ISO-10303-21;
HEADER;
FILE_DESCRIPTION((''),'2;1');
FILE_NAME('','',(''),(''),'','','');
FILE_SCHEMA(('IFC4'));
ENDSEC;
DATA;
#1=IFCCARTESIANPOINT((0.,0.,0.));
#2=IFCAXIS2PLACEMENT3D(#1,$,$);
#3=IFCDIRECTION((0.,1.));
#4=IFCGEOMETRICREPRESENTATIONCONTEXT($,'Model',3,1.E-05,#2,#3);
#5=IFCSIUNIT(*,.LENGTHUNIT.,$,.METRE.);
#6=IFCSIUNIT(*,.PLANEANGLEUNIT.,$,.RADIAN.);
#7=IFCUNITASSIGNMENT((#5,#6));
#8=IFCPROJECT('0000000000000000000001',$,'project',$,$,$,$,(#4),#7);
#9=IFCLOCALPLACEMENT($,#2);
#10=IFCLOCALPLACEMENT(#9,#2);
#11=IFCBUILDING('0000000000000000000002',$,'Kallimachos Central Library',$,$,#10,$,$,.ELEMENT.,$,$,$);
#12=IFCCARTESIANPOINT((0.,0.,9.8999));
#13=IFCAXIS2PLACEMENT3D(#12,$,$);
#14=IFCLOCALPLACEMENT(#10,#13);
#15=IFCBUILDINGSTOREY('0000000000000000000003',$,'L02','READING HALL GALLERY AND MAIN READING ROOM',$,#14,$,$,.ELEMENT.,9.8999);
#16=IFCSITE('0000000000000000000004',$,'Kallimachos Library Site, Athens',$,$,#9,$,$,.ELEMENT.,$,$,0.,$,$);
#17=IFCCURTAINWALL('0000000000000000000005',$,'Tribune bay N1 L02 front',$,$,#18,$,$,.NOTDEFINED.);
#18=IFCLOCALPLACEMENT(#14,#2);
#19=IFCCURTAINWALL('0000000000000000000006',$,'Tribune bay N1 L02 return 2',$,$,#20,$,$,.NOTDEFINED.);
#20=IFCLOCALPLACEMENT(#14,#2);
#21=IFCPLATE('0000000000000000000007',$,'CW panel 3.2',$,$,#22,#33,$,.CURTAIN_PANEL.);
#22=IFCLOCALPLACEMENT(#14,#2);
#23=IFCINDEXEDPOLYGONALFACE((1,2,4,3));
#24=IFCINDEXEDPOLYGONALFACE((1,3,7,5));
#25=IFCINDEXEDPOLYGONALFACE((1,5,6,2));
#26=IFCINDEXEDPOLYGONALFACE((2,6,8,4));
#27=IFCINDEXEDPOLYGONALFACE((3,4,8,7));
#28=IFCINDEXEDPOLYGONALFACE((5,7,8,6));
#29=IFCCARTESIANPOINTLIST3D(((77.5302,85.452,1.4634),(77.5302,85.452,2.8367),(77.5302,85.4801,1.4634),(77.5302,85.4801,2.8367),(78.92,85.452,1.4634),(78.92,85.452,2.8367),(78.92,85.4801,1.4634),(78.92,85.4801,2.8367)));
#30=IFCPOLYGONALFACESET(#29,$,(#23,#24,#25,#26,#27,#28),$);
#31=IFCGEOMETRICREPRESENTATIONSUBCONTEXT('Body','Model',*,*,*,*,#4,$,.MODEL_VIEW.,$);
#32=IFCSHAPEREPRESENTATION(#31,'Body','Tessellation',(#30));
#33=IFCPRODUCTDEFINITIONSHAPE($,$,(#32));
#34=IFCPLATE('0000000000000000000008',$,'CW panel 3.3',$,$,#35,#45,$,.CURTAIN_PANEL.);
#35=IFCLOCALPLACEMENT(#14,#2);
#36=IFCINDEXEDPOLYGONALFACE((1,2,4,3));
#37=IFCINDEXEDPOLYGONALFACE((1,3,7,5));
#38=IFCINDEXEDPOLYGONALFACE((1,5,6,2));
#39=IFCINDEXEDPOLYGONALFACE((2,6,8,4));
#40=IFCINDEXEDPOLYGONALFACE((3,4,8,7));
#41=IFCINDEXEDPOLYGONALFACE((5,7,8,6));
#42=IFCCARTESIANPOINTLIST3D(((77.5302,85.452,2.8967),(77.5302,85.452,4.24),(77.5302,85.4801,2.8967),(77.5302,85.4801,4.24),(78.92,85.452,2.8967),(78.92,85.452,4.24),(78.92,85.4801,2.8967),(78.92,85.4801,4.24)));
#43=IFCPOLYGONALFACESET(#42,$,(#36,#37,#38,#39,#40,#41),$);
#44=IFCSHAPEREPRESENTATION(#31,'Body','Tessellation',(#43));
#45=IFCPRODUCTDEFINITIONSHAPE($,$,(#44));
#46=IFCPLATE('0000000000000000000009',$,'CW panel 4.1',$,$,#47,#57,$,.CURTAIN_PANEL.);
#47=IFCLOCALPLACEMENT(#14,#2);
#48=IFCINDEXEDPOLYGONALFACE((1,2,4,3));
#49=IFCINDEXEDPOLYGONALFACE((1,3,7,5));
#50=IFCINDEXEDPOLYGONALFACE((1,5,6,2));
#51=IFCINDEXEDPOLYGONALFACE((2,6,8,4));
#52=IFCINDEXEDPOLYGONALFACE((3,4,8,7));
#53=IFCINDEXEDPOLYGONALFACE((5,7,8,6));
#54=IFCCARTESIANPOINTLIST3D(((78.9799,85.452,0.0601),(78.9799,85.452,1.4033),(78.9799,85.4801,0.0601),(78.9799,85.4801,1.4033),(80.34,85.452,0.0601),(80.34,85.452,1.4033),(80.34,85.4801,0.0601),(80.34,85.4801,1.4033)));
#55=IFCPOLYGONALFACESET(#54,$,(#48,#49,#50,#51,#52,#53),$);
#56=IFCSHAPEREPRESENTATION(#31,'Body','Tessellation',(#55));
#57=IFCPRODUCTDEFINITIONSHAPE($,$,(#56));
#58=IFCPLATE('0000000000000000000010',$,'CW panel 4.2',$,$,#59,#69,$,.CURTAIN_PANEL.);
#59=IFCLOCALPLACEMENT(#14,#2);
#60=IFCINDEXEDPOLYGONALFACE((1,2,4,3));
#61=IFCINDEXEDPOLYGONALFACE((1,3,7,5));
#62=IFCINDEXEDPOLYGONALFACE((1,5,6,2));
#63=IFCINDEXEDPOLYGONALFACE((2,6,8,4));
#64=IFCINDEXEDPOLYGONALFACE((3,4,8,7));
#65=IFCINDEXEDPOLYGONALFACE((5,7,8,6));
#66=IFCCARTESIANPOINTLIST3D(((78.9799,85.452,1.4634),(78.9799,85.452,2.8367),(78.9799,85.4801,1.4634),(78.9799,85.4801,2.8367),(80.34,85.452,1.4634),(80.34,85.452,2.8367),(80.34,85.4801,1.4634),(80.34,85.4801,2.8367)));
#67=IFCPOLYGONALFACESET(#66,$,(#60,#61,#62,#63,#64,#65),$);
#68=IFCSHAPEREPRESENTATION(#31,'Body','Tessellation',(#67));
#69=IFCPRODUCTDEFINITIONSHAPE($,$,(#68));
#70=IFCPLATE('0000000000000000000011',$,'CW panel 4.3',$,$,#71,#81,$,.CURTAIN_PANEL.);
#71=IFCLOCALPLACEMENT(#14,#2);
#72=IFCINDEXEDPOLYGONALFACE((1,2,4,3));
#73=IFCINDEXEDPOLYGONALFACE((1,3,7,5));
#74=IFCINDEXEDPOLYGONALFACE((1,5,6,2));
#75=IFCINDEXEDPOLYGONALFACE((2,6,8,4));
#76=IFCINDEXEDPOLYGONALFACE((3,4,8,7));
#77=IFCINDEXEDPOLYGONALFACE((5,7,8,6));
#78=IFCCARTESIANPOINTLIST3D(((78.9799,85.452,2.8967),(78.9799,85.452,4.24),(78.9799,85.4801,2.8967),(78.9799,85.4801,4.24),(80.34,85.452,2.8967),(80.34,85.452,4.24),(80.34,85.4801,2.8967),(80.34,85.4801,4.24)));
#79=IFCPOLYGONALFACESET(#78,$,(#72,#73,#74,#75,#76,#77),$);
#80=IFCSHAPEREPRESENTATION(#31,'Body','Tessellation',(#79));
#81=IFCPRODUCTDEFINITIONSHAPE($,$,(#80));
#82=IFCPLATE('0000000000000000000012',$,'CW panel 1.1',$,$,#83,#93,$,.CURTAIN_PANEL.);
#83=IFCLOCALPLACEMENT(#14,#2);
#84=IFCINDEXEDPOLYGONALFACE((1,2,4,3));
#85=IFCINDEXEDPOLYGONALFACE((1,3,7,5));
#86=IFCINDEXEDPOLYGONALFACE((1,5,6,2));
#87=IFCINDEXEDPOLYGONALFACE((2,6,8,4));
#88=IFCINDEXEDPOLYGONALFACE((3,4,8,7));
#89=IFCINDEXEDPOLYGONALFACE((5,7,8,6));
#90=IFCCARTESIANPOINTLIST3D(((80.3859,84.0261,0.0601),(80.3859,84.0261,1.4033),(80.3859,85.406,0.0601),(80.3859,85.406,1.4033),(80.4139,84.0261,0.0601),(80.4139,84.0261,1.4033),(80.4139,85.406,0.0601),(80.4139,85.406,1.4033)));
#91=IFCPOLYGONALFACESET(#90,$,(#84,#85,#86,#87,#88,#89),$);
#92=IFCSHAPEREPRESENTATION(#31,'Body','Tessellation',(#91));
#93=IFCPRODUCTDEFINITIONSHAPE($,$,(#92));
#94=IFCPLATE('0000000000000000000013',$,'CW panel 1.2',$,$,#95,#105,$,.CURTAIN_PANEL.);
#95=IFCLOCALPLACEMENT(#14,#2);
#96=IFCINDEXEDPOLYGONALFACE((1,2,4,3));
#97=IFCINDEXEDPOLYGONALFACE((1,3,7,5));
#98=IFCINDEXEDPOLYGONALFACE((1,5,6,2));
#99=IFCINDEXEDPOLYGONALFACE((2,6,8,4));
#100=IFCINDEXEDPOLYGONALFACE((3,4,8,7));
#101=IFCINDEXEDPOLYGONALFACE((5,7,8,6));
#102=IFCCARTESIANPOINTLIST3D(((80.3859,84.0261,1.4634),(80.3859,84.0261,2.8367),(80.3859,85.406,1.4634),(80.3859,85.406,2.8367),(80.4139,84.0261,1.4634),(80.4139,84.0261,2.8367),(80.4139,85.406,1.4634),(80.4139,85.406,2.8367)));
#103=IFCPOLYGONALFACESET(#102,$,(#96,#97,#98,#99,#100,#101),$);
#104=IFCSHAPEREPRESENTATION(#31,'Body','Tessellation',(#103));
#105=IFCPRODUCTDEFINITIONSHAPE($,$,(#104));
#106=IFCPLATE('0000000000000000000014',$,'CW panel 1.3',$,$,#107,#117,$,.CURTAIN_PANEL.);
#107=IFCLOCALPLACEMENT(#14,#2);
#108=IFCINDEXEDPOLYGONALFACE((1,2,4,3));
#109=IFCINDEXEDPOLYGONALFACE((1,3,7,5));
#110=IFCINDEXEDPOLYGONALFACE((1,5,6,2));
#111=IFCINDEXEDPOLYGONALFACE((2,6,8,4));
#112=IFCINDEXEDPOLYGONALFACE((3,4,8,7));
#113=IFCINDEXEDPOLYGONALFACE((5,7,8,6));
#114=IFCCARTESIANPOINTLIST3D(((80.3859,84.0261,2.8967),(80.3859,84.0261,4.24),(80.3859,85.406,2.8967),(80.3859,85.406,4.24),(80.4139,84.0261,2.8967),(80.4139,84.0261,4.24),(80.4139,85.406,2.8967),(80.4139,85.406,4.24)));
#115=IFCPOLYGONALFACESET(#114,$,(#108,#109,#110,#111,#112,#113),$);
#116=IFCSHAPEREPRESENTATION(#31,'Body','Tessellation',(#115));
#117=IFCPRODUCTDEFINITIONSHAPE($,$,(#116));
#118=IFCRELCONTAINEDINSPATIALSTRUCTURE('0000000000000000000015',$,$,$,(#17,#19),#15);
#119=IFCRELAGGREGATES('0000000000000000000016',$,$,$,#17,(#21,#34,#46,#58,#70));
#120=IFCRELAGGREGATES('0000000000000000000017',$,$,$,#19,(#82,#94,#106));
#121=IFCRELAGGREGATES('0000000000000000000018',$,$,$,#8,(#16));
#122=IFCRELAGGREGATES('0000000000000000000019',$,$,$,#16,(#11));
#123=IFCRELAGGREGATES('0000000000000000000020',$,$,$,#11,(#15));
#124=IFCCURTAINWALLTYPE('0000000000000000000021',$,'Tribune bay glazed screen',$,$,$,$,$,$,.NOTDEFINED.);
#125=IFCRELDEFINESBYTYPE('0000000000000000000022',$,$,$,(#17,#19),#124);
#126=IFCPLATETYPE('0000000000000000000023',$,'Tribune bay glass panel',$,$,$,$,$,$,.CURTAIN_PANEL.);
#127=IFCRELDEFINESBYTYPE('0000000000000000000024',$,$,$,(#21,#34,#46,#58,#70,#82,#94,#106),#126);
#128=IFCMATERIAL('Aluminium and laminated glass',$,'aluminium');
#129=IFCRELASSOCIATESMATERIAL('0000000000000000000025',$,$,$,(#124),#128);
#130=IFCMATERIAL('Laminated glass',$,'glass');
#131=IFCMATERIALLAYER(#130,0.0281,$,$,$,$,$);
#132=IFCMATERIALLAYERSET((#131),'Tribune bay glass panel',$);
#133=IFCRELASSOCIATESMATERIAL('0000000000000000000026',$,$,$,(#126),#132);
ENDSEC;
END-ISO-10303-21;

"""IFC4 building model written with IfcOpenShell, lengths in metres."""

from ifc_helpers import new_model, si_unit, direction, frame, origin, origin_2d, place, context, subcontext, project, spatial, rectangle, extrude, material, layer, layer_set, type_object, element, aggregate, save


model = new_model("IFC4")

# Units and contexts
model_context = context("Model", 3, precision=1e-05, world=origin(), true_north=direction((0.0, 1.0)))
body_context = subcontext(model_context, "Body", "Model", "MODEL_VIEW")
ifc_project = project(units=[si_unit("LENGTHUNIT", "METRE"), si_unit("PLANEANGLEUNIT", "RADIAN")], contexts=[model_context])

# Site, building, storey
site_placement = place(None, origin())
site = spatial("IfcSite", under=ifc_project, at=site_placement, Name="Kallimachos Library Site, Athens", CompositionType="ELEMENT", RefElevation=0.0)
building_placement = place(site_placement, origin())
building = spatial("IfcBuilding", under=site, at=building_placement, Name="Kallimachos Central Library", CompositionType="ELEMENT")
storey_placement = place(building_placement, frame((0.0, 0.0, 9.8999)))
storey = spatial("IfcBuildingStorey", under=building, at=storey_placement, Name="L02", Description="READING HALL GALLERY AND MAIN READING ROOM", CompositionType="ELEMENT", Elevation=9.8999)

# Curtain wall
ifc_material_1 = material(Name="Aluminium and laminated glass", Category="aluminium")
curtain_wall_type_1 = type_object("IfcCurtainWallType", Name="Tribune bay glazed screen", PredefinedType="NOTDEFINED", material=ifc_material_1)
curtain_wall_1_placement = place(storey_placement, origin())
curtain_wall_1 = element("IfcCurtainWall", 1, at=curtain_wall_1_placement, inside=storey, type_object=curtain_wall_type_1, Name="Tribune bay N1 L02 front", PredefinedType="NOTDEFINED")

# Curtain wall
curtain_wall_2_placement = place(storey_placement, origin())
curtain_wall_2 = element("IfcCurtainWall", 2, at=curtain_wall_2_placement, inside=storey, type_object=curtain_wall_type_1, Name="Tribune bay N1 L02 return 2", PredefinedType="NOTDEFINED")

# Plates
ifc_material_2 = material(Name="Laminated glass", Category="glass")
ifc_layer_1 = layer(ifc_material_2, 0.0281)
ifc_layer_set_1 = layer_set([ifc_layer_1], Name="Tribune bay glass panel")
plate_type_1 = type_object("IfcPlateType", Name="Tribune bay glass panel", PredefinedType="CURTAIN_PANEL", material=ifc_layer_set_1)
plate_1_placement = place(storey_placement, frame((78.2251, 85.4661, 1.4634), z_axis=(0.0, 0.0, 1.0), x_axis=(1.0, 0.0, 0.0)))
plate_1 = element("IfcPlate", 3, at=plate_1_placement, type_object=plate_type_1, Name="CW panel 3.2", PredefinedType="CURTAIN_PANEL", context=body_context, shape_type="SweptSolid", body=[
    extrude(rectangle(XDim=1.3899, YDim=0.0281, at=origin_2d()), origin(), (0.0, 0.0, 1.0), 1.3733),
])
plate_2_placement = place(storey_placement, frame((78.2251, 85.4661, 2.8967), z_axis=(0.0, 0.0, 1.0), x_axis=(1.0, 0.0, 0.0)))
plate_2 = element("IfcPlate", 4, at=plate_2_placement, type_object=plate_type_1, Name="CW panel 3.3", PredefinedType="CURTAIN_PANEL", context=body_context, shape_type="SweptSolid", body=[
    extrude(rectangle(XDim=1.3899, YDim=0.0281, at=origin_2d()), origin(), (0.0, 0.0, 1.0), 1.3433),
])
plate_3_placement = place(storey_placement, frame((79.6599, 85.4661, 0.0601), z_axis=(0.0, 0.0, 1.0), x_axis=(1.0, 0.0, 0.0)))
plate_3 = element("IfcPlate", 5, at=plate_3_placement, type_object=plate_type_1, Name="CW panel 4.1", PredefinedType="CURTAIN_PANEL", context=body_context, shape_type="SweptSolid", body=[
    extrude(rectangle(XDim=1.3601, YDim=0.0281, at=origin_2d()), origin(), (0.0, 0.0, 1.0), 1.3433),
])
plate_4_placement = place(storey_placement, frame((79.6599, 85.4661, 1.4634), z_axis=(0.0, 0.0, 1.0), x_axis=(1.0, 0.0, 0.0)))
plate_4 = element("IfcPlate", 6, at=plate_4_placement, type_object=plate_type_1, Name="CW panel 4.2", PredefinedType="CURTAIN_PANEL", context=body_context, shape_type="SweptSolid", body=[
    extrude(rectangle(XDim=1.3601, YDim=0.0281, at=origin_2d()), origin(), (0.0, 0.0, 1.0), 1.3733),
])
plate_5_placement = place(storey_placement, frame((79.6599, 85.4661, 2.8967), z_axis=(0.0, 0.0, 1.0), x_axis=(1.0, 0.0, 0.0)))
plate_5 = element("IfcPlate", 7, at=plate_5_placement, type_object=plate_type_1, Name="CW panel 4.3", PredefinedType="CURTAIN_PANEL", context=body_context, shape_type="SweptSolid", body=[
    extrude(rectangle(XDim=1.3601, YDim=0.0281, at=origin_2d()), origin(), (0.0, 0.0, 1.0), 1.3433),
])
aggregate(curtain_wall_1, [plate_1, plate_2, plate_3, plate_4, plate_5])
plate_6_placement = place(storey_placement, frame((80.3999, 84.7161, 0.0601), z_axis=(0.0, 0.0, 1.0), x_axis=(0.0, 1.0, 0.0)))
plate_6 = element("IfcPlate", 8, at=plate_6_placement, type_object=plate_type_1, Name="CW panel 1.1", PredefinedType="CURTAIN_PANEL", context=body_context, shape_type="SweptSolid", body=[
    extrude(rectangle(XDim=1.3799, YDim=0.0281, at=origin_2d()), origin(), (0.0, 0.0, 1.0), 1.3433),
])
plate_7_placement = place(storey_placement, frame((80.3999, 84.7161, 1.4634), z_axis=(0.0, 0.0, 1.0), x_axis=(0.0, 1.0, 0.0)))
plate_7 = element("IfcPlate", 9, at=plate_7_placement, type_object=plate_type_1, Name="CW panel 1.2", PredefinedType="CURTAIN_PANEL", context=body_context, shape_type="SweptSolid", body=[
    extrude(rectangle(XDim=1.3799, YDim=0.0281, at=origin_2d()), origin(), (0.0, 0.0, 1.0), 1.3733),
])
plate_8_placement = place(storey_placement, frame((80.3999, 84.7161, 2.8967), z_axis=(0.0, 0.0, 1.0), x_axis=(0.0, 1.0, 0.0)))
plate_8 = element("IfcPlate", 10, at=plate_8_placement, type_object=plate_type_1, Name="CW panel 1.3", PredefinedType="CURTAIN_PANEL", context=body_context, shape_type="SweptSolid", body=[
    extrude(rectangle(XDim=1.3799, YDim=0.0281, at=origin_2d()), origin(), (0.0, 0.0, 1.0), 1.3433),
])
aggregate(curtain_wall_2, [plate_6, plate_7, plate_8])

save(model, "model.ifc")
